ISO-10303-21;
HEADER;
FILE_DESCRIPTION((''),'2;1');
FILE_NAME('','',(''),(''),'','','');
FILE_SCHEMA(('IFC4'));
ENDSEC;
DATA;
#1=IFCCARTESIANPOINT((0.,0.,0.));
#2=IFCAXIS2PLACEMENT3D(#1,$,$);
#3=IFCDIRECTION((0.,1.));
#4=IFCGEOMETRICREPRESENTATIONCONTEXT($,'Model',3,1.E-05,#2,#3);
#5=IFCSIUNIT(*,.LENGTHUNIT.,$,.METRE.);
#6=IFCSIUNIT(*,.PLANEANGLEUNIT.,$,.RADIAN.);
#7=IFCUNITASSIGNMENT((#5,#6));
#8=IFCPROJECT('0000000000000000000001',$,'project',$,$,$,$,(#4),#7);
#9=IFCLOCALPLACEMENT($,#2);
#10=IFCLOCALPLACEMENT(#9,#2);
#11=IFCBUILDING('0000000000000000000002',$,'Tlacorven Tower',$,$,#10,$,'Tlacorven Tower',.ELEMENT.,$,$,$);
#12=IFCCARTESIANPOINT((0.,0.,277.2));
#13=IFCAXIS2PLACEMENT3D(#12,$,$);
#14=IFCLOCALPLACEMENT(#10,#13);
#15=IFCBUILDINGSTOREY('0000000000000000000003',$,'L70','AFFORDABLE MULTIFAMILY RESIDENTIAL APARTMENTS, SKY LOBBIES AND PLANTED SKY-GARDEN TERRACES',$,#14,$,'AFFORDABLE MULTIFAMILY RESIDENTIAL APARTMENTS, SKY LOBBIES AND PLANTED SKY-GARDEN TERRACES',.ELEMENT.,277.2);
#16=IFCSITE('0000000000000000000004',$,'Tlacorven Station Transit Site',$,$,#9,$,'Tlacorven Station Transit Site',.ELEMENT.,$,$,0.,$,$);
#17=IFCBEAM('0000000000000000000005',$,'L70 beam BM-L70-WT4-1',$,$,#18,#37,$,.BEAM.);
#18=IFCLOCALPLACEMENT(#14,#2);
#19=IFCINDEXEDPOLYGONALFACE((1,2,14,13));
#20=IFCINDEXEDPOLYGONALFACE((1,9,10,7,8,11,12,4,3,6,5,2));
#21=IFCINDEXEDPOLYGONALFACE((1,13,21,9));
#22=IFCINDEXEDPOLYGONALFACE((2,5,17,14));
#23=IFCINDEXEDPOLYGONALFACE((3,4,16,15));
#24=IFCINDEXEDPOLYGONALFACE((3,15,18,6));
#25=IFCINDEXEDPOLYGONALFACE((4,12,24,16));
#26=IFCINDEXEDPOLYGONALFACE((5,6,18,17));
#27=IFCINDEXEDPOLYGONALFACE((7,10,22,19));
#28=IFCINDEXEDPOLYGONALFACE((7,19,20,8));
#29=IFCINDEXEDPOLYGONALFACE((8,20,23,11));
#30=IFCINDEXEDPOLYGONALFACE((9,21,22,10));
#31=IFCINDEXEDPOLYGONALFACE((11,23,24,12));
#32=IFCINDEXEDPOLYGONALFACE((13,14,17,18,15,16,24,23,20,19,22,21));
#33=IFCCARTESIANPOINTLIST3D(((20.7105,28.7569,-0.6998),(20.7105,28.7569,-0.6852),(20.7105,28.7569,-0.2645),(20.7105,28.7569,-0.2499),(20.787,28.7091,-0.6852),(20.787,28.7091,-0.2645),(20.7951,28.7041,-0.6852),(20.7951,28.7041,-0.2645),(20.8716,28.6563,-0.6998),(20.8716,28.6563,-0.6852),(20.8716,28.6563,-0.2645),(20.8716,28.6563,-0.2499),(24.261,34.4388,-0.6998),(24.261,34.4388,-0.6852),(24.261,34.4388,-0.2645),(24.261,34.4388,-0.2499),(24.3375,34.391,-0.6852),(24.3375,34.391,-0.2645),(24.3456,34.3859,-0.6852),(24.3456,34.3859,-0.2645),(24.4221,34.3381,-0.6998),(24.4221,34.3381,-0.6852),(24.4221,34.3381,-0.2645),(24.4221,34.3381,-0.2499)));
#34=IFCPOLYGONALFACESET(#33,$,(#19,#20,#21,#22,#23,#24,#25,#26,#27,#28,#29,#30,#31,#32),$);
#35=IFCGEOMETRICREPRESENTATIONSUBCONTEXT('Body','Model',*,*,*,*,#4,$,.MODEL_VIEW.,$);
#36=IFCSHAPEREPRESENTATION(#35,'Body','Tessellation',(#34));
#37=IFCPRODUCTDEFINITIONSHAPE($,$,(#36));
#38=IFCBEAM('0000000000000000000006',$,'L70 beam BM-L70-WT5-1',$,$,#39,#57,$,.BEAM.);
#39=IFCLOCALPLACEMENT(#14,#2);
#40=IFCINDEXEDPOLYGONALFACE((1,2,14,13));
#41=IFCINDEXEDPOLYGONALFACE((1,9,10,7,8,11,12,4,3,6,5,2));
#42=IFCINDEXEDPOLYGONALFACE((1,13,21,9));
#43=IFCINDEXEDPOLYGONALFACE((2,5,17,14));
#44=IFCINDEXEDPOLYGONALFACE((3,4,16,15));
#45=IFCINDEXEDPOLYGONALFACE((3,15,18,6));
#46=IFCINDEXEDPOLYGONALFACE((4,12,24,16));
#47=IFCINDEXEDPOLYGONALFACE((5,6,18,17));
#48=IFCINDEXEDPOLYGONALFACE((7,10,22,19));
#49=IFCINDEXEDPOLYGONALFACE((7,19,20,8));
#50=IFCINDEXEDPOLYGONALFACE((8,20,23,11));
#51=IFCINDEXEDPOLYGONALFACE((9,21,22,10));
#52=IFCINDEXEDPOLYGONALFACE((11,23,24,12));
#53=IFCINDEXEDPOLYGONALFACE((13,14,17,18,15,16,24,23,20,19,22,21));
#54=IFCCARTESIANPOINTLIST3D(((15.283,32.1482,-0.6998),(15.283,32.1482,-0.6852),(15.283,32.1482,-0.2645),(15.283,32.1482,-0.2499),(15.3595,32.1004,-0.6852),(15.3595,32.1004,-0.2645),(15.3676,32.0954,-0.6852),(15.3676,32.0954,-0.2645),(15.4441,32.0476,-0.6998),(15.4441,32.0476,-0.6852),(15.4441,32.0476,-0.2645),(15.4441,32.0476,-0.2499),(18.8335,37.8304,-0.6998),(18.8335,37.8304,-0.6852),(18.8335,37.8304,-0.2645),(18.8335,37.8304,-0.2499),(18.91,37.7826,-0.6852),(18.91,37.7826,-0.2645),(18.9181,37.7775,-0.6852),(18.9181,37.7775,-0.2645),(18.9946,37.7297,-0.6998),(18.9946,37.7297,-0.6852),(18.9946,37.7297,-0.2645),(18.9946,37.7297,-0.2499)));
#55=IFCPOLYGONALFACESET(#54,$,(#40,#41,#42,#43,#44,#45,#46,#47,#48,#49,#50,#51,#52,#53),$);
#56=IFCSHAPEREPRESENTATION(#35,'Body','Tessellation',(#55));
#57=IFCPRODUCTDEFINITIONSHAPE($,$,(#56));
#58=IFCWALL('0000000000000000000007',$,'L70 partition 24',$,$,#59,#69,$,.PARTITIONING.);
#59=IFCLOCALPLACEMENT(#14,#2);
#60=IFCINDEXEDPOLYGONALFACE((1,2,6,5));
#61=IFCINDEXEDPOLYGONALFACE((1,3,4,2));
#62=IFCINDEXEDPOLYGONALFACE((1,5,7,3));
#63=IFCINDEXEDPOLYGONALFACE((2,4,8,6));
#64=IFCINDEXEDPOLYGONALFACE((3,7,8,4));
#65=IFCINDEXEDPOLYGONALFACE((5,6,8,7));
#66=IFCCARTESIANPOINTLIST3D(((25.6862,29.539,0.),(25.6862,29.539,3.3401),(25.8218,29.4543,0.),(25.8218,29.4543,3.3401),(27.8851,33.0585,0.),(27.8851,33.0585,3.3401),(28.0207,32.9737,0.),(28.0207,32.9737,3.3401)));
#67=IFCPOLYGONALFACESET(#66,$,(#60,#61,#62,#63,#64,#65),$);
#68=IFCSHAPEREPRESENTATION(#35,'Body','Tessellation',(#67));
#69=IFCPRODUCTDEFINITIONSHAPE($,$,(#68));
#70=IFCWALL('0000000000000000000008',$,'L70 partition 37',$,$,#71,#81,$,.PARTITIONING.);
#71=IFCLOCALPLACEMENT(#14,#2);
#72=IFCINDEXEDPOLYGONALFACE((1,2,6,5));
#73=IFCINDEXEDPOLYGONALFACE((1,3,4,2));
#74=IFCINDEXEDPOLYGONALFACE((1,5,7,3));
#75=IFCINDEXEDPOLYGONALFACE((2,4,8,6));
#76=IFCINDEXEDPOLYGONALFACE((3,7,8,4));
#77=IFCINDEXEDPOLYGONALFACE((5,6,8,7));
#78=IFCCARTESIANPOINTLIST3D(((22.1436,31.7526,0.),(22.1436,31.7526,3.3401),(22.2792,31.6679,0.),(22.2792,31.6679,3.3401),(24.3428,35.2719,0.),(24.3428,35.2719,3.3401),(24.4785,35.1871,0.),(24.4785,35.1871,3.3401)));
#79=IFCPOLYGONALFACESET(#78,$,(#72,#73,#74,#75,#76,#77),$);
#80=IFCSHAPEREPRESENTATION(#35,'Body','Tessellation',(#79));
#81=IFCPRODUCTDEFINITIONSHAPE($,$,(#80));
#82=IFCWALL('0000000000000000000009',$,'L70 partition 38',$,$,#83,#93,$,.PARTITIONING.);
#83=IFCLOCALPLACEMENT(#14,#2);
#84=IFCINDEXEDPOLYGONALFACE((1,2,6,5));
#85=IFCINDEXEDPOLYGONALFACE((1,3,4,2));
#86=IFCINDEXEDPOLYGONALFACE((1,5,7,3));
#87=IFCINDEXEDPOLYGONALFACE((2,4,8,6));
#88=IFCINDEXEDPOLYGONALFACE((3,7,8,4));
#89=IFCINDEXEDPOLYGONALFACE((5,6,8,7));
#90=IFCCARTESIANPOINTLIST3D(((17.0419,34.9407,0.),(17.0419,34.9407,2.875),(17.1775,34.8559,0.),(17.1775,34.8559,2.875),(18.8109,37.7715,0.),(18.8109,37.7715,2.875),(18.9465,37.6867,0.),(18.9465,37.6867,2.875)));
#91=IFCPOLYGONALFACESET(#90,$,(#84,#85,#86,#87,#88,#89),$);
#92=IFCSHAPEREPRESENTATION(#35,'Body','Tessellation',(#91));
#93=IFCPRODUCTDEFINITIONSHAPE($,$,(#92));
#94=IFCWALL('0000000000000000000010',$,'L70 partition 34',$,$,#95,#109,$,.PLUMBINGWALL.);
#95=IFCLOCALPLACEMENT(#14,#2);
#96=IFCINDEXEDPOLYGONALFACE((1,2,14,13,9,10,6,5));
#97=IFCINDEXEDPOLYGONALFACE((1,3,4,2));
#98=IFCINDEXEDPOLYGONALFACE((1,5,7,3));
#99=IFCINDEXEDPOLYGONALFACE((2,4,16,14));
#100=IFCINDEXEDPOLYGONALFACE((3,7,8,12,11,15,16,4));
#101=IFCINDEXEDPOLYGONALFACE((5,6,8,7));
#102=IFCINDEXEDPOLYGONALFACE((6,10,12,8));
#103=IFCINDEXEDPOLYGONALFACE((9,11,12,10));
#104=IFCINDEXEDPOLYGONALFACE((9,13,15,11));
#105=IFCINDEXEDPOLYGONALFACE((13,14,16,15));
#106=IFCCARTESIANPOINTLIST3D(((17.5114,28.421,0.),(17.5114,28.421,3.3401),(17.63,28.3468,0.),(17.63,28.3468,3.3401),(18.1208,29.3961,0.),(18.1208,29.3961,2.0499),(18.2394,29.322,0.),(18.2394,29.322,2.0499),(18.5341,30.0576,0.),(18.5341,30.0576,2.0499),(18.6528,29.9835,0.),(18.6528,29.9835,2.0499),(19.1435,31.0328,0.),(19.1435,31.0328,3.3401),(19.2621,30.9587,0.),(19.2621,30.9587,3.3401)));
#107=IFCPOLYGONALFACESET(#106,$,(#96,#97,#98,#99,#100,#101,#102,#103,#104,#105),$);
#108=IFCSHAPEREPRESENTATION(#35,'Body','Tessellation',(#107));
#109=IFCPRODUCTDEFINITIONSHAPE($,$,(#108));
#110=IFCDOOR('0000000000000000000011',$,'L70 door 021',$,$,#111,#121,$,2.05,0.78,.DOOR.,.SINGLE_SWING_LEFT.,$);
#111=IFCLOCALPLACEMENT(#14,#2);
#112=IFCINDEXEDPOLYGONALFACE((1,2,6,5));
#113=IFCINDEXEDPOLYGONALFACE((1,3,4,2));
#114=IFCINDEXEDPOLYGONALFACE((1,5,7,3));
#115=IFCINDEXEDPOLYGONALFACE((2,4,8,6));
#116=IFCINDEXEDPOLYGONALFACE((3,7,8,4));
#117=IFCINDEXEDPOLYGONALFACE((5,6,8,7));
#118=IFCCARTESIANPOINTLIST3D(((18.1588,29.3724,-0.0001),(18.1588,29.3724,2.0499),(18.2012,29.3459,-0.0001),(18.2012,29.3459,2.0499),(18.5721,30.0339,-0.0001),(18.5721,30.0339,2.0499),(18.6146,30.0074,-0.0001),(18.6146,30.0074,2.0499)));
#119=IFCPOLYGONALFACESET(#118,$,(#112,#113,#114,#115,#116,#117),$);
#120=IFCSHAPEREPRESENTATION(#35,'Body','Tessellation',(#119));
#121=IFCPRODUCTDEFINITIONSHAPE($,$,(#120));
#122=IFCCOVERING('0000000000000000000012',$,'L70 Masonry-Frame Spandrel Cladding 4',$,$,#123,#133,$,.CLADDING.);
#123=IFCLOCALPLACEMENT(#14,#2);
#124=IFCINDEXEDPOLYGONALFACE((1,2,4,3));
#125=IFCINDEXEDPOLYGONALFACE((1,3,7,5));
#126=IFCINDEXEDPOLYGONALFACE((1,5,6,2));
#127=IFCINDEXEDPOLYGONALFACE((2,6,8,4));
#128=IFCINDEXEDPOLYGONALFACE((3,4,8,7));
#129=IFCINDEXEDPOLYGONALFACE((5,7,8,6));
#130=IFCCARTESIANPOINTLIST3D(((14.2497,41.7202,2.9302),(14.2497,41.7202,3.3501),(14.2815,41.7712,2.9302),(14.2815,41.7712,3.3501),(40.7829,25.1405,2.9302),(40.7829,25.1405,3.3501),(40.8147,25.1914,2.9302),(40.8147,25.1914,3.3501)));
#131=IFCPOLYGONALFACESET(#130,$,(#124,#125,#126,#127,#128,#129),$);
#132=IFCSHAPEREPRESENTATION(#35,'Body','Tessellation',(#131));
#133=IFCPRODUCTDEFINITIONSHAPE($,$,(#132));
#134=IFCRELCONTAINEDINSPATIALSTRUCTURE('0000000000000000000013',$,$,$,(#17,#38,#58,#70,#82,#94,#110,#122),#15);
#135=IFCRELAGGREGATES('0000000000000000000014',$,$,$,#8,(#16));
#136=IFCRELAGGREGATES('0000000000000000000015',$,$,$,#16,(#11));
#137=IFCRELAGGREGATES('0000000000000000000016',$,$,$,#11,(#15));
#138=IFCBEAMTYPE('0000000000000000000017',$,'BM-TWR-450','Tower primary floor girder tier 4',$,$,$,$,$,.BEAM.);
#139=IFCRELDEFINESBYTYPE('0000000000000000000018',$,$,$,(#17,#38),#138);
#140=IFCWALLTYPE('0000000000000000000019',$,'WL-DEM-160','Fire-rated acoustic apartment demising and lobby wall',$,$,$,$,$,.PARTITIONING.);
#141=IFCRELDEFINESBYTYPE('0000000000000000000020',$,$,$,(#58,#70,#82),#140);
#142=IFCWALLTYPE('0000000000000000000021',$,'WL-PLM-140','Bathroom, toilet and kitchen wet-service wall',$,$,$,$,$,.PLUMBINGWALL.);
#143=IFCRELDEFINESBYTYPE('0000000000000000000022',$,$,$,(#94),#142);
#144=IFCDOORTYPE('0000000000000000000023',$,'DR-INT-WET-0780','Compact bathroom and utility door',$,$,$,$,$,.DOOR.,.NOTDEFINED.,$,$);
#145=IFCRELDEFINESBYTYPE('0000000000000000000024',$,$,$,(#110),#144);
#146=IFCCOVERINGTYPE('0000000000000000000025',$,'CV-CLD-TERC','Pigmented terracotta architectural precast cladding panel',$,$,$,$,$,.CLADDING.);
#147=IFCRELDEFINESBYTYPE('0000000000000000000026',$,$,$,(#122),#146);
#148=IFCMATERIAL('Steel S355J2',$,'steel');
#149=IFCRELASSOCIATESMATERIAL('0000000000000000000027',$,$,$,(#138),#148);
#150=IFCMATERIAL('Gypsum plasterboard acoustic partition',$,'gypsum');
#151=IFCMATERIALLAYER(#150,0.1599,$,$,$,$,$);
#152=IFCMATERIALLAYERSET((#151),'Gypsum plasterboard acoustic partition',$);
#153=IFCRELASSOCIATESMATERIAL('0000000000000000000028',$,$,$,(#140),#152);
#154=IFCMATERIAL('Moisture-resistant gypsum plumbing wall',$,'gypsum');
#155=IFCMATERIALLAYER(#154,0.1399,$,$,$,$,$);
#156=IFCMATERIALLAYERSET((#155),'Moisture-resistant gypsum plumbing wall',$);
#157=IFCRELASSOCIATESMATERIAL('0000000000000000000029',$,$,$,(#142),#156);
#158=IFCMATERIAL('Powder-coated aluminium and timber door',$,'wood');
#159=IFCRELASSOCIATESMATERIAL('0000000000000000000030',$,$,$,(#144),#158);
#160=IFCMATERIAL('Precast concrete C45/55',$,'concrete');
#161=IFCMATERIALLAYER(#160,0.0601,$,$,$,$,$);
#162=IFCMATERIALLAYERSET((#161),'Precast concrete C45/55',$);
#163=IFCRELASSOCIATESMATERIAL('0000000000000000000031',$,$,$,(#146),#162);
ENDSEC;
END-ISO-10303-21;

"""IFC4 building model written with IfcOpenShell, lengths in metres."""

from ifc_helpers import new_model, si_unit, direction, frame, frame_2d, origin, origin_2d, place, context, subcontext, project, spatial, rectangle, i_section, extrude, source, transform, mapped, material, layer, layer_set, material_profile, profile_set, type_object, element, fill, save


model = new_model("IFC4")

# Units and contexts
model_context = context("Model", 3, precision=1e-05, world=origin(), true_north=direction((0.0, 1.0)))
body_context = subcontext(model_context, "Body", "Model", "MODEL_VIEW")
ifc_project = project(units=[si_unit("LENGTHUNIT", "METRE"), si_unit("PLANEANGLEUNIT", "RADIAN")], contexts=[model_context])

# Site, building, storey
site_placement = place(None, origin())
site = spatial("IfcSite", under=ifc_project, at=site_placement, Name="Tlacorven Station Transit Site", LongName="Tlacorven Station Transit Site", CompositionType="ELEMENT", RefElevation=0.0)
building_placement = place(site_placement, origin())
building = spatial("IfcBuilding", under=site, at=building_placement, Name="Tlacorven Tower", LongName="Tlacorven Tower", CompositionType="ELEMENT")
storey_placement = place(building_placement, frame((0.0, 0.0, 277.2)))
storey = spatial("IfcBuildingStorey", under=building, at=storey_placement, Name="L70", Description="AFFORDABLE MULTIFAMILY RESIDENTIAL APARTMENTS, SKY LOBBIES AND PLANTED SKY-GARDEN TERRACES", LongName="AFFORDABLE MULTIFAMILY RESIDENTIAL APARTMENTS, SKY LOBBIES AND PLANTED SKY-GARDEN TERRACES", CompositionType="ELEMENT", Elevation=277.2)

# Beams
ifc_material_1 = material(Name="Steel S355J2", Category="steel")
ifc_material_profile_1 = material_profile(ifc_material_1, i_section(OverallWidth=0.1899, OverallDepth=0.45, WebThickness=0.0095, FlangeThickness=0.0146, at=origin_2d()), Name="IPE 450")
ifc_profile_set_1 = profile_set([ifc_material_profile_1], Name="Steel S355J2")
beam_type_1 = type_object("IfcBeamType", Name="BM-TWR-450", Description="Tower primary floor girder tier 4", PredefinedType="BEAM", material=ifc_profile_set_1)
shared_shape_1 = source(origin(), body_context, "Body", "SweptSolid", [
    extrude(i_section(OverallWidth=0.1899, OverallDepth=0.45, WebThickness=0.0095, FlangeThickness=0.0146, at=origin_2d()), origin(), (0.0, 0.0, 1.0), 6.7),
])
beam_1_placement = place(storey_placement, frame((24.3416, 34.3884, -0.4749), z_axis=(-0.52993, -0.848041, 0.0), x_axis=(0.848041, -0.52993, 0.0)))
element("IfcBeam", 1, at=beam_1_placement, inside=storey, type_object=beam_type_1, Name="L70 beam BM-L70-WT4-1", PredefinedType="BEAM", context=body_context, shape_type="MappedRepresentation", body=[
    mapped(shared_shape_1, transform((0.0, 0.0, 0.0), scale=1.0)),
])
shared_shape_2 = source(origin(), body_context, "Body", "SweptSolid", [
    extrude(i_section(OverallWidth=0.1899, OverallDepth=0.45, WebThickness=0.0095, FlangeThickness=0.0146, at=origin_2d()), origin(), (0.0, 0.0, 1.0), 6.7002),
])
beam_2_placement = place(storey_placement, frame((18.9141, 37.78, -0.4749), z_axis=(-0.529914, -0.848052, 0.0), x_axis=(0.848052, -0.529914, 0.0)))
element("IfcBeam", 2, at=beam_2_placement, inside=storey, type_object=beam_type_1, Name="L70 beam BM-L70-WT5-1", PredefinedType="BEAM", context=body_context, shape_type="MappedRepresentation", body=[
    mapped(shared_shape_2, transform((0.0, 0.0, 0.0), scale=1.0)),
])

# Walls
ifc_material_2 = material(Name="Gypsum plasterboard acoustic partition", Category="gypsum")
ifc_layer_1 = layer(ifc_material_2, 0.1599)
ifc_layer_set_1 = layer_set([ifc_layer_1], Name="Gypsum plasterboard acoustic partition")
wall_type_1 = type_object("IfcWallType", Name="WL-DEM-160", Description="Fire-rated acoustic apartment demising and lobby wall", PredefinedType="PARTITIONING", material=ifc_layer_set_1)
for number, where, z_axis, x_axis, name in (
    (3, (27.9529, 33.0161, 0.0), (0.0, 0.0, 1.0), (-0.529872, -0.848078, 0.0), "L70 partition 24"),
    (4, (24.4106, 35.2295, 0.0), (0.0, 0.0, 1.0), (-0.529941, -0.848035, 0.0), "L70 partition 37"),
):
    element("IfcWall", number, at=place(storey_placement, frame(where, z_axis=z_axis, x_axis=x_axis)), inside=storey, type_object=wall_type_1, Name=name, PredefinedType="PARTITIONING", context=body_context, shape_type="SweptSolid", body=[
        extrude(rectangle(XDim=4.1499, YDim=0.1599, at=frame_2d((2.075, 0.0))), origin(), (0.0, 0.0, 1.0), 3.3401),
    ])
wall_1_placement = place(storey_placement, frame((18.8787, 37.729, 0.0), z_axis=(0.0, 0.0, 1.0), x_axis=(-0.529953, -0.848027, 0.0)))
element("IfcWall", 5, at=wall_1_placement, inside=storey, type_object=wall_type_1, Name="L70 partition 38", PredefinedType="PARTITIONING", context=body_context, shape_type="SweptSolid", body=[
    extrude(rectangle(XDim=3.3381, YDim=0.1599, at=frame_2d((1.6689, 0.0))), origin(), (0.0, 0.0, 1.0), 2.875),
])

# Wall, opening, door
ifc_material_3 = material(Name="Moisture-resistant gypsum plumbing wall", Category="gypsum")
ifc_layer_2 = layer(ifc_material_3, 0.1399)
ifc_layer_set_2 = layer_set([ifc_layer_2], Name="Moisture-resistant gypsum plumbing wall")
wall_type_2 = type_object("IfcWallType", Name="WL-PLM-140", Description="Bathroom, toilet and kitchen wet-service wall", PredefinedType="PLUMBINGWALL", material=ifc_layer_set_2)
wall_2_placement = place(storey_placement, frame((19.2029, 30.9958, 0.0), z_axis=(0.0, 0.0, 1.0), x_axis=(-0.529928, -0.848043, 0.0)))
wall_2 = element("IfcWall", 6, at=wall_2_placement, inside=storey, type_object=wall_type_2, Name="L70 partition 34", PredefinedType="PLUMBINGWALL", context=body_context, shape_type="SweptSolid", body=[
    extrude(rectangle(XDim=3.0798, YDim=0.1399, at=frame_2d((1.54, 0.0))), origin(), (0.0, 0.0, 1.0), 3.3401),
])
opening_placement = place(wall_2_placement, frame((1.1499, 0.0, 0.0)))
opening = element("IfcOpeningElement", 7, at=opening_placement, cuts=wall_2, PredefinedType="OPENING", context=body_context, shape_type="SweptSolid", body=[
    extrude(rectangle(XDim=0.78, YDim=2.05, at=frame_2d((0.3901, 1.0249))), frame((0.0, 0.0801, 0.0), z_axis=(0.0, -1.0, 0.0), x_axis=(1.0, 0.0, 0.0)), (0.0, 0.0, 1.0), 0.1599),
])
ifc_material_4 = material(Name="Powder-coated aluminium and timber door", Category="wood")
door_type = type_object("IfcDoorType", Name="DR-INT-WET-0780", Description="Compact bathroom and utility door", OperationType="NOTDEFINED", PredefinedType="DOOR", material=ifc_material_4)
shared_shape_3 = source(origin(), body_context, "Body", "SweptSolid", [
    extrude(rectangle(XDim=0.78, YDim=2.05, at=frame_2d((0.3901, 1.0249))), frame((0.0, 0.0249, 0.0), z_axis=(0.0, -1.0, 0.0), x_axis=(1.0, 0.0, 0.0)), (0.0, 0.0, 1.0), 0.05),
])
door_placement = place(opening_placement, origin())
door = element("IfcDoor", 8, at=door_placement, inside=storey, type_object=door_type, Name="L70 door 021", OperationType="SINGLE_SWING_LEFT", OverallHeight=2.05, OverallWidth=0.78, PredefinedType="DOOR", context=body_context, shape_type="MappedRepresentation", body=[
    mapped(shared_shape_3, transform((0.0, 0.0, 0.0), scale=1.0)),
])
fill(opening, door)

# Covering
ifc_material_5 = material(Name="Precast concrete C45/55", Category="concrete")
ifc_layer_3 = layer(ifc_material_5, 0.0601)
ifc_layer_set_3 = layer_set([ifc_layer_3], Name="Precast concrete C45/55")
covering_type = type_object("IfcCoveringType", Name="CV-CLD-TERC", Description="Pigmented terracotta architectural precast cladding panel", PredefinedType="CLADDING", material=ifc_layer_set_3)
shared_shape_4 = source(origin(), body_context, "Body", "SweptSolid", [
    extrude(rectangle(XDim=31.2874, YDim=0.0601, at=origin_2d()), origin(), (0.0, 0.0, 1.0), 0.4199),
])
covering_placement = place(storey_placement, frame((27.5322, 33.4558, 2.9302), z_axis=(0.0, 0.0, 1.0), x_axis=(0.848048, -0.529919, 0.0)))
element("IfcCovering", 9, at=covering_placement, inside=storey, type_object=covering_type, Name="L70 Masonry-Frame Spandrel Cladding 4", PredefinedType="CLADDING", context=body_context, shape_type="MappedRepresentation", body=[
    mapped(shared_shape_4, transform((0.0, 0.0, 0.0), scale=1.0)),
])

save(model, "model.ifc")
